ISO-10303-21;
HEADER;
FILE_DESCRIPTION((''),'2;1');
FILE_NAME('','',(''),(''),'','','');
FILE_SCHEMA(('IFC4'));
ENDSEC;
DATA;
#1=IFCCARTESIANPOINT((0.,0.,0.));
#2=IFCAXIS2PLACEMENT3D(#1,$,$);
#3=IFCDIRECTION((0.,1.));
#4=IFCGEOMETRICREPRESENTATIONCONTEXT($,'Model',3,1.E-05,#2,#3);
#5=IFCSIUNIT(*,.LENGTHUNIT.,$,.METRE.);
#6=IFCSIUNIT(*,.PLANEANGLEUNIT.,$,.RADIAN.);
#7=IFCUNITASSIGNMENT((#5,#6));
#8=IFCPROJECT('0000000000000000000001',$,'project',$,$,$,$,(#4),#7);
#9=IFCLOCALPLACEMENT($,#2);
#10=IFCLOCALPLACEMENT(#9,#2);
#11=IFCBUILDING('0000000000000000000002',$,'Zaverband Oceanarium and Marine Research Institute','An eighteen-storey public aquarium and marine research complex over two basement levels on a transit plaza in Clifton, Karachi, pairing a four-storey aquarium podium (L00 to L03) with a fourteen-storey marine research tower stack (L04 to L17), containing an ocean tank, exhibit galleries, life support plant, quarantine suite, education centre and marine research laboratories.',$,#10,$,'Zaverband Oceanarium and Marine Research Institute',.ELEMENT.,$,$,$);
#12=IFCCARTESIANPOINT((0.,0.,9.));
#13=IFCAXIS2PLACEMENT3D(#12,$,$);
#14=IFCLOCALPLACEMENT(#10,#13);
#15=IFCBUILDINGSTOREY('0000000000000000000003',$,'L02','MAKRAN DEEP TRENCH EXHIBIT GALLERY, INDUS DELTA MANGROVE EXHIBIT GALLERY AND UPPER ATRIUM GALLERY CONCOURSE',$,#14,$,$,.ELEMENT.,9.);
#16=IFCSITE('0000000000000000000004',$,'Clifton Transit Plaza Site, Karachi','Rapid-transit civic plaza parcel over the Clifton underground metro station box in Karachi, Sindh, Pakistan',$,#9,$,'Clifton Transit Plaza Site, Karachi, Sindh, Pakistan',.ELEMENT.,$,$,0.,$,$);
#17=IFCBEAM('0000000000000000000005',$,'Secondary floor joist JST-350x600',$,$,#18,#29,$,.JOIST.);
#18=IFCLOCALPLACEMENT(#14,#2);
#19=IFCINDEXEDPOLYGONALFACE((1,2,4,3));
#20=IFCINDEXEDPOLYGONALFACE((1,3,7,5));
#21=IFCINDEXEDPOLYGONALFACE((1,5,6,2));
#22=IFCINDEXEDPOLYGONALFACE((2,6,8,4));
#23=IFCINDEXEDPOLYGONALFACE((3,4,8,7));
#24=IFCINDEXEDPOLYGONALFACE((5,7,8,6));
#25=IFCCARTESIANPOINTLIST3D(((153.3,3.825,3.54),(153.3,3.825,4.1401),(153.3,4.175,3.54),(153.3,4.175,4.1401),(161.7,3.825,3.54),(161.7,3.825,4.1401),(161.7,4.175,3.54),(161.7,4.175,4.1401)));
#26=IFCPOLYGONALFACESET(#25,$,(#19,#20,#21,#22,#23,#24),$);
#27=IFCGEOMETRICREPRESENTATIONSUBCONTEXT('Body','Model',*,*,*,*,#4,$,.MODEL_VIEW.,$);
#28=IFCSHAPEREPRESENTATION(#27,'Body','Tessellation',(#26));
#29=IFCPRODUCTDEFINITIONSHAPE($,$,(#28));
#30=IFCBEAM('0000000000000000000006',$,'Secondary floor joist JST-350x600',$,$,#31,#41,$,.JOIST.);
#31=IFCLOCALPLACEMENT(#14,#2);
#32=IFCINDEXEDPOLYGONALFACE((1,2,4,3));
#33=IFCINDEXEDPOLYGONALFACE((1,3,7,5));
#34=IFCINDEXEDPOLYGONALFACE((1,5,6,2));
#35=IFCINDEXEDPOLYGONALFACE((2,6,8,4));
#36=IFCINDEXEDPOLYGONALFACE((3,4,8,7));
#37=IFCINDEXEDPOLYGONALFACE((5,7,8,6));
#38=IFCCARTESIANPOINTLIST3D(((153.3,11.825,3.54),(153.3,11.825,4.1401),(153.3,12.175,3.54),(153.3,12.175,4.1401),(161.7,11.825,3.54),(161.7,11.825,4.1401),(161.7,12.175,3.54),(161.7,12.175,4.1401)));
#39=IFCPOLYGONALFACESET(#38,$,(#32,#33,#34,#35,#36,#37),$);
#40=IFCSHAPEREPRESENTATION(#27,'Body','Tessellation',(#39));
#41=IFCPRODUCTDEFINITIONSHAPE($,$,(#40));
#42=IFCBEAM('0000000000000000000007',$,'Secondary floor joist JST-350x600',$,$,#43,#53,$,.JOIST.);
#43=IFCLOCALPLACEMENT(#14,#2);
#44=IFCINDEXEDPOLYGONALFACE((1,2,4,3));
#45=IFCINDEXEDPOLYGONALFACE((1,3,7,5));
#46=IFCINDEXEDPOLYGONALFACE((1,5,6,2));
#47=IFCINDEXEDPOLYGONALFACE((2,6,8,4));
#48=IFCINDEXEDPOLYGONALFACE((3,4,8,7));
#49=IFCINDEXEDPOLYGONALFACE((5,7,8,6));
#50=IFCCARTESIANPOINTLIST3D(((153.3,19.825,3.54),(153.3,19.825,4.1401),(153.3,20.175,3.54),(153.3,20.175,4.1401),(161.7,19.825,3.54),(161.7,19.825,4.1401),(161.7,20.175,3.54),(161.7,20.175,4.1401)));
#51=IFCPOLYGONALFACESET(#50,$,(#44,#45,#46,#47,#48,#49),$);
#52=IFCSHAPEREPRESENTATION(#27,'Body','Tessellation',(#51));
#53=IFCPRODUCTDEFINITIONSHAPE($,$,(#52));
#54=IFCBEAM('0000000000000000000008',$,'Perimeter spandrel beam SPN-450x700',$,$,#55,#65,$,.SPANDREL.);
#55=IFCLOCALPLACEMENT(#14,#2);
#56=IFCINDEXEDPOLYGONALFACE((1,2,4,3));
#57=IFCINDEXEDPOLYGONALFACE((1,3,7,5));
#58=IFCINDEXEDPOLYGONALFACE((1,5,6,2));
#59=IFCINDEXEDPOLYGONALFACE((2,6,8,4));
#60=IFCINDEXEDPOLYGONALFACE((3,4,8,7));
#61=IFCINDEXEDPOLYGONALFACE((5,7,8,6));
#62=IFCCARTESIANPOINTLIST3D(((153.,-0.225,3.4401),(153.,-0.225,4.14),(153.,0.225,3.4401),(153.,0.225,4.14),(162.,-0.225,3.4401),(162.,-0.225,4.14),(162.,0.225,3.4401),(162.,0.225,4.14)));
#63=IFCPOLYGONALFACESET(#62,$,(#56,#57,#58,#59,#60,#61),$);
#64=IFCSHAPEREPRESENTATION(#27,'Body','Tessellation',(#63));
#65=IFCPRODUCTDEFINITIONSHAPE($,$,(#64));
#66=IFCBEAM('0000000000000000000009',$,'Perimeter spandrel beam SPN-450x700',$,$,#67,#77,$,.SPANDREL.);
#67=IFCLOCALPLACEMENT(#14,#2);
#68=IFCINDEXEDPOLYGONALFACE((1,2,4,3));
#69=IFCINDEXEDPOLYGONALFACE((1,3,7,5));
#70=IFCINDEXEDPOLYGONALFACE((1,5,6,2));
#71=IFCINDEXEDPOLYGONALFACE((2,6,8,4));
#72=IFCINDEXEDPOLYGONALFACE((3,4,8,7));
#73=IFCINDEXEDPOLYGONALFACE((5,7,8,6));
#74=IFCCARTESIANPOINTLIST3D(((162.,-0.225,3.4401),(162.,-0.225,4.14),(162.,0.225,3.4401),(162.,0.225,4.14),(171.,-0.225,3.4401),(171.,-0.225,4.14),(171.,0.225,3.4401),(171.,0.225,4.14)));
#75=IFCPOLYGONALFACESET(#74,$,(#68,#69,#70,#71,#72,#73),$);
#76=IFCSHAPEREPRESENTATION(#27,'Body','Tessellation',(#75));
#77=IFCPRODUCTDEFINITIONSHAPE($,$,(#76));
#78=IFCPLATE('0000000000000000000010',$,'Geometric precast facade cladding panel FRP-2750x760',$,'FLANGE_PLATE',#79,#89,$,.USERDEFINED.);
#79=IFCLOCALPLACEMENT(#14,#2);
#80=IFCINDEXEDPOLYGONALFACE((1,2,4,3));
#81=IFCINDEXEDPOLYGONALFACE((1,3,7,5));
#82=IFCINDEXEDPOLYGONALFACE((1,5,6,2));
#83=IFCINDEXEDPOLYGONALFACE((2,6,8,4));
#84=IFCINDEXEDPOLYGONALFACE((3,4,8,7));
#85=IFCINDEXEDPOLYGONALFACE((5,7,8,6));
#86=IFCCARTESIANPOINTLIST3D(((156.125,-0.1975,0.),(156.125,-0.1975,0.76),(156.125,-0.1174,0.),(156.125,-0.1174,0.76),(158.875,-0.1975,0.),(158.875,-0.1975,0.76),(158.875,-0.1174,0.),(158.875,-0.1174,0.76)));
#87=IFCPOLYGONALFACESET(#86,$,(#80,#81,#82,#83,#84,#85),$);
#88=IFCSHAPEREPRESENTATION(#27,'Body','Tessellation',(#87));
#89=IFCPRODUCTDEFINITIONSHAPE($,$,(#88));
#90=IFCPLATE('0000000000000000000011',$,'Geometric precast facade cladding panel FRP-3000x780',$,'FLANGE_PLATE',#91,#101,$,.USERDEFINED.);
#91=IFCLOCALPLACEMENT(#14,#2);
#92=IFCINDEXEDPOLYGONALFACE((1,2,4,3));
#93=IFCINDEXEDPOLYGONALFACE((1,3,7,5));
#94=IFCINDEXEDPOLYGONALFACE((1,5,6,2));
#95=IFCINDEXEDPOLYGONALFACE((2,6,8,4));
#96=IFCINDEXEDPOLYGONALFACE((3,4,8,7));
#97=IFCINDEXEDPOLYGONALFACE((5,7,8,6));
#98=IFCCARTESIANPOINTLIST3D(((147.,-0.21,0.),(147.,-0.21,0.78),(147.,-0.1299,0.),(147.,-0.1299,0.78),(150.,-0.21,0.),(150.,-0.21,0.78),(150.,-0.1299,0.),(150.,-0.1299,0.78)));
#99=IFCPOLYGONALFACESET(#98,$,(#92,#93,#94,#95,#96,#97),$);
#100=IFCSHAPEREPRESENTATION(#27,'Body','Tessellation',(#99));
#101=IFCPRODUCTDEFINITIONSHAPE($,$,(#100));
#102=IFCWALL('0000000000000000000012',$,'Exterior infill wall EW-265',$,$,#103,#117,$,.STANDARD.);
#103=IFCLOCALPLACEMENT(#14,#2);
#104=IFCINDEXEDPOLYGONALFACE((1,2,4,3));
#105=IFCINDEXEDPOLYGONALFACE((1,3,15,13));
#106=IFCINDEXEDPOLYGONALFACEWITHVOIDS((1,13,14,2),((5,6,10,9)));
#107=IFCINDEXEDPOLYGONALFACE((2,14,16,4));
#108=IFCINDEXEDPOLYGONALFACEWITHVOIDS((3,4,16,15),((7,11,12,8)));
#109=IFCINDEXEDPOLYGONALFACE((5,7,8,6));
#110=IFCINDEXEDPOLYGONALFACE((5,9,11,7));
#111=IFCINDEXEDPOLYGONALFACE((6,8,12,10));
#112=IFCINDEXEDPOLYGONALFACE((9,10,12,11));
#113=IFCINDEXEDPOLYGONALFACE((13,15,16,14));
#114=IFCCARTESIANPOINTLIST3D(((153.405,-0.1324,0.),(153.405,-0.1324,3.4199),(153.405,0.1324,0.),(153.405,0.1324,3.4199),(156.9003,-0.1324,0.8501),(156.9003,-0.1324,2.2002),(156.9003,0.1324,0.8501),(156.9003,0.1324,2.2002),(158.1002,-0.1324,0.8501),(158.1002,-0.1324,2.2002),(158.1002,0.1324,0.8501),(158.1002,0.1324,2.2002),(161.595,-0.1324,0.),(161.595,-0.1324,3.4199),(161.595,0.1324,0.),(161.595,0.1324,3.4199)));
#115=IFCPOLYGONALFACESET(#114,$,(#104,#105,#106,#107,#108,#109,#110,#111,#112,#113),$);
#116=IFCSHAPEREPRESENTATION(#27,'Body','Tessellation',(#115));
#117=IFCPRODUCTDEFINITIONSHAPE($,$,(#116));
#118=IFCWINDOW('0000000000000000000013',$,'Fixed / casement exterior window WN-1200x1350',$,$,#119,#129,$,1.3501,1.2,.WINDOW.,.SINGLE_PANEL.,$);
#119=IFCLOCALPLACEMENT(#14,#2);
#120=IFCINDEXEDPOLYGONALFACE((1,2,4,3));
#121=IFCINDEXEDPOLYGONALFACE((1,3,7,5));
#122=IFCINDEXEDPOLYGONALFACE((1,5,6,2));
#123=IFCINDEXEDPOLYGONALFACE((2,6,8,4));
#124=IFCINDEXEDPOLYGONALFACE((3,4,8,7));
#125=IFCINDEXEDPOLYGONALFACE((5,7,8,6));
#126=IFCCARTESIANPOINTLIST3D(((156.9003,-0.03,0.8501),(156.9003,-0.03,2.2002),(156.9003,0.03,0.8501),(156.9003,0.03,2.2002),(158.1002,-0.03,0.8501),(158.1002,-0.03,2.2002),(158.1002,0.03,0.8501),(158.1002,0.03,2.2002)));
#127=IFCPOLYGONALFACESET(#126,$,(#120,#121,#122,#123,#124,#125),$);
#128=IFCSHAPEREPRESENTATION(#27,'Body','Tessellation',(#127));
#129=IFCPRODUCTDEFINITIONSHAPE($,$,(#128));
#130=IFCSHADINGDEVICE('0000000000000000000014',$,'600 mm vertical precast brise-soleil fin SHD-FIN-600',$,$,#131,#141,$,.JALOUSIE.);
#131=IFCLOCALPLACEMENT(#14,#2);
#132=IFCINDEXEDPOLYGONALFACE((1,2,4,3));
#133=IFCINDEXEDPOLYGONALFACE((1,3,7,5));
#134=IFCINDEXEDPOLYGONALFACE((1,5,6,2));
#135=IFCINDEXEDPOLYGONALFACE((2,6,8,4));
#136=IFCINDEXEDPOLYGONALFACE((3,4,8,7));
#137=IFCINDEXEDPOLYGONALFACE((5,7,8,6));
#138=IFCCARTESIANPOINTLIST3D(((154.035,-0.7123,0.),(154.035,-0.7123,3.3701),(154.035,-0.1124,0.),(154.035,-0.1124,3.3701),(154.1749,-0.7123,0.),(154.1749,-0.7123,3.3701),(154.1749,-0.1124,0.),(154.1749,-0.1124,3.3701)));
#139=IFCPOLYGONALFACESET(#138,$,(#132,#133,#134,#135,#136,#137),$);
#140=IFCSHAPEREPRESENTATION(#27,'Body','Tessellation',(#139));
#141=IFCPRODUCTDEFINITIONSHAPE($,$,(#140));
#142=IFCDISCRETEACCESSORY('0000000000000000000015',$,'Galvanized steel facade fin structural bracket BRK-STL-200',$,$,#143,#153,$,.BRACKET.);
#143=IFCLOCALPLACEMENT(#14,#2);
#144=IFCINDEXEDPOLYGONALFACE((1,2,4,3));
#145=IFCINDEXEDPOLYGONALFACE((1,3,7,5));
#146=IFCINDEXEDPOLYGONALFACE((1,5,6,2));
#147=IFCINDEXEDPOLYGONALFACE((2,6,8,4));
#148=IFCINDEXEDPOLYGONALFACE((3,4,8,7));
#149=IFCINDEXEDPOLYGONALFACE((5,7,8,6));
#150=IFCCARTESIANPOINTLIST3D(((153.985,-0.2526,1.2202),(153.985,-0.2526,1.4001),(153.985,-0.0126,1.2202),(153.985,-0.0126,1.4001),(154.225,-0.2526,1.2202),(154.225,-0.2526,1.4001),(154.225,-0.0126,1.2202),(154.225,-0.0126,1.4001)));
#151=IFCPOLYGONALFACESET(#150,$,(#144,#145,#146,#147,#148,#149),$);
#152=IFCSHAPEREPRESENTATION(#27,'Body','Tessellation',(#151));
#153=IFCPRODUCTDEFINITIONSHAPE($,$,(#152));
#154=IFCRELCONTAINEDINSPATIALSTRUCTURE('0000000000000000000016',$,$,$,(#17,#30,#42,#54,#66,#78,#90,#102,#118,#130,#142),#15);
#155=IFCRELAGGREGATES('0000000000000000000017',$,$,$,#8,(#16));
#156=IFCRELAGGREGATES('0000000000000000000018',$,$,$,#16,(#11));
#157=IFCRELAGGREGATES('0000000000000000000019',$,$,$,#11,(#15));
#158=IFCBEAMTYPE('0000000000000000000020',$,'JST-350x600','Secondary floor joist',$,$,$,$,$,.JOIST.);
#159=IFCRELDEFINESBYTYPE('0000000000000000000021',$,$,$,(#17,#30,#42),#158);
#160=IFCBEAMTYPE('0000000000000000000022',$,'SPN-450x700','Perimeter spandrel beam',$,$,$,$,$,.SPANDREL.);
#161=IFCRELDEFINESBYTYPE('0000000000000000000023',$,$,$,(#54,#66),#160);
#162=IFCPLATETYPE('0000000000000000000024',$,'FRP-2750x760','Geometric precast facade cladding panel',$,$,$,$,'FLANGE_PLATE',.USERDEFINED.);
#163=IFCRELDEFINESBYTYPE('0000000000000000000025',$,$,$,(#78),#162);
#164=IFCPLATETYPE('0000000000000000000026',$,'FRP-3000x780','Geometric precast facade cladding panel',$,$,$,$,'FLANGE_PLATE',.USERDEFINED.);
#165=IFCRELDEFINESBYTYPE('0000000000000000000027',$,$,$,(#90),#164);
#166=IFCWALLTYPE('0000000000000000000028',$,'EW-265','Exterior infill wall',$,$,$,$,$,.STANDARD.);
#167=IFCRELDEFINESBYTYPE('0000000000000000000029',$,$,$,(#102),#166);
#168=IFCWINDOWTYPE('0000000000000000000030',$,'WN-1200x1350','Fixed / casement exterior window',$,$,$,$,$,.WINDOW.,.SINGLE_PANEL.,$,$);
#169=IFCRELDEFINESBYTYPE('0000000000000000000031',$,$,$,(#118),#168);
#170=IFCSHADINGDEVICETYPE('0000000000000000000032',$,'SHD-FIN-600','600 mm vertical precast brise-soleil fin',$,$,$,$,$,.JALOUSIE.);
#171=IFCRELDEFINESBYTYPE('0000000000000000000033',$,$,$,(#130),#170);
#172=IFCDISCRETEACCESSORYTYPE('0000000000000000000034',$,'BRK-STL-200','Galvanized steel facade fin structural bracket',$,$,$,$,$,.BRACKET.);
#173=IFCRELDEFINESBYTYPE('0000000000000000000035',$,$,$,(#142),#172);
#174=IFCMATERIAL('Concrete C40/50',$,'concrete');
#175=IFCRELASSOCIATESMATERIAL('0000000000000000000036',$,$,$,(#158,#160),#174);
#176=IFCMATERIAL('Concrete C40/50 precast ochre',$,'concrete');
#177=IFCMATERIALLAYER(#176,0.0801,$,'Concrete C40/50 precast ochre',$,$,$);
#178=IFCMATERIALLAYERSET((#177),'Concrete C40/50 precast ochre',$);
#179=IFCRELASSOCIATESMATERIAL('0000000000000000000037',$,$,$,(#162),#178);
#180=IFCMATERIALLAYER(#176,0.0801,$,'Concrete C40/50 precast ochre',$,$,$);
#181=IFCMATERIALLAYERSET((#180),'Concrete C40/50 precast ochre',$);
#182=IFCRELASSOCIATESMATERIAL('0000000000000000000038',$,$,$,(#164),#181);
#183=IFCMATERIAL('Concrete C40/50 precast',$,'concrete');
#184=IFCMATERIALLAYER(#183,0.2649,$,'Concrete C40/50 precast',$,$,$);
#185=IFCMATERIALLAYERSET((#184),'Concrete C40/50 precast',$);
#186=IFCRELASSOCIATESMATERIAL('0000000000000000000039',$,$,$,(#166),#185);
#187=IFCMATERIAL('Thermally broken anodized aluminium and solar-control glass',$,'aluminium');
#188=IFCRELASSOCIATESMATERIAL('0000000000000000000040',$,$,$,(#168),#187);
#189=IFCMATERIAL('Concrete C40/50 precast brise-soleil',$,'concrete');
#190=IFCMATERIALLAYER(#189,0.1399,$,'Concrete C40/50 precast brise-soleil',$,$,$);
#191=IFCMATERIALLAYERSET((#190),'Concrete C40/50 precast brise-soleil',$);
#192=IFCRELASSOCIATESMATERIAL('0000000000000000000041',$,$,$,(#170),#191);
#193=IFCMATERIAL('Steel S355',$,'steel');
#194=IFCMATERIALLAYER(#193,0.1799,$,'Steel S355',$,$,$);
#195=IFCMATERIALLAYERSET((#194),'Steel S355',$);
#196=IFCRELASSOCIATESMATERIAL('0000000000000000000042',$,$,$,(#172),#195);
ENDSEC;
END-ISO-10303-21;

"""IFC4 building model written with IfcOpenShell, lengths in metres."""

from ifc_helpers import new_model, si_unit, direction, frame, frame_2d, origin, origin_2d, place, context, subcontext, project, spatial, rectangle, extrude, material, layer, layer_set, material_profile, profile_set, type_object, element, fill, save


model = new_model("IFC4")

# Units and contexts
model_context = context("Model", 3, precision=1e-05, world=origin(), true_north=direction((0.0, 1.0)))
body_context = subcontext(model_context, "Body", "Model", "MODEL_VIEW")
ifc_project = project(units=[si_unit("LENGTHUNIT", "METRE"), si_unit("PLANEANGLEUNIT", "RADIAN")], contexts=[model_context])

# Site, building, storey
site_placement = place(None, origin())
site = spatial("IfcSite", under=ifc_project, at=site_placement, Name="Clifton Transit Plaza Site, Karachi", Description="Rapid-transit civic plaza parcel over the Clifton underground metro station box in Karachi, Sindh, Pakistan", LongName="Clifton Transit Plaza Site, Karachi, Sindh, Pakistan", CompositionType="ELEMENT", RefElevation=0.0)
building_placement = place(site_placement, origin())
building = spatial("IfcBuilding", under=site, at=building_placement, Name="Zaverband Oceanarium and Marine Research Institute", Description="An eighteen-storey public aquarium and marine research complex over two basement levels on a transit plaza in Clifton, Karachi, pairing a four-storey aquarium podium (L00 to L03) with a fourteen-storey marine research tower stack (L04 to L17), containing an ocean tank, exhibit galleries, life support plant, quarantine suite, education centre and marine research laboratories.", LongName="Zaverband Oceanarium and Marine Research Institute", CompositionType="ELEMENT")
storey_placement = place(building_placement, frame((0.0, 0.0, 9.0)))
storey = spatial("IfcBuildingStorey", under=building, at=storey_placement, Name="L02", Description="MAKRAN DEEP TRENCH EXHIBIT GALLERY, INDUS DELTA MANGROVE EXHIBIT GALLERY AND UPPER ATRIUM GALLERY CONCOURSE", CompositionType="ELEMENT", Elevation=9.0)

# Beams
ifc_material_1 = material(Name="Concrete C40/50", Category="concrete")
ifc_material_profile_1 = material_profile(ifc_material_1, rectangle(XDim=0.3501, YDim=0.6001, at=origin_2d()), Name="RC350x600")
ifc_profile_set_1 = profile_set([ifc_material_profile_1], Name="Concrete C40/50")
beam_type_1 = type_object("IfcBeamType", Name="JST-350x600", Description="Secondary floor joist", PredefinedType="JOIST", material=ifc_profile_set_1)
for number, where, z_axis, x_axis, name in (
    (1, (153.3, 4.0, 3.8401), (1.0, 0.0, 0.0), (0.0, 1.0, 0.0), "Secondary floor joist JST-350x600"),
    (2, (153.3, 12.0, 3.8401), (1.0, 0.0, 0.0), (0.0, 1.0, 0.0), "Secondary floor joist JST-350x600"),
    (3, (153.3, 20.0, 3.8401), (1.0, 0.0, 0.0), (0.0, 1.0, 0.0), "Secondary floor joist JST-350x600"),
):
    element("IfcBeam", number, at=place(storey_placement, frame(where, z_axis=z_axis, x_axis=x_axis)), inside=storey, type_object=beam_type_1, Name=name, PredefinedType="JOIST", context=body_context, shape_type="SweptSolid", body=[
        extrude(rectangle(XDim=0.3501, YDim=0.6001, at=origin_2d()), origin(), (0.0, 0.0, 1.0), 8.3999),
    ])
ifc_material_profile_2 = material_profile(ifc_material_1, rectangle(XDim=0.45, YDim=0.7, at=origin_2d()), Name="RC450x700")
ifc_profile_set_2 = profile_set([ifc_material_profile_2], Name="Concrete C40/50")
beam_type_2 = type_object("IfcBeamType", Name="SPN-450x700", Description="Perimeter spandrel beam", PredefinedType="SPANDREL", material=ifc_profile_set_2)
for number, where, z_axis, x_axis, name in (
    (4, (153.0, 0.0, 3.79), (1.0, 0.0, 0.0), (0.0, 1.0, 0.0), "Perimeter spandrel beam SPN-450x700"),
    (5, (162.0, 0.0, 3.79), (1.0, 0.0, 0.0), (0.0, 1.0, 0.0), "Perimeter spandrel beam SPN-450x700"),
):
    element("IfcBeam", number, at=place(storey_placement, frame(where, z_axis=z_axis, x_axis=x_axis)), inside=storey, type_object=beam_type_2, Name=name, PredefinedType="SPANDREL", context=body_context, shape_type="SweptSolid", body=[
        extrude(rectangle(XDim=0.45, YDim=0.7, at=origin_2d()), origin(), (0.0, 0.0, 1.0), 9.0),
    ])

# Plates
ifc_material_2 = material(Name="Concrete C40/50 precast ochre", Category="concrete")
ifc_layer_1 = layer(ifc_material_2, 0.0801, Name="Concrete C40/50 precast ochre")
ifc_layer_set_1 = layer_set([ifc_layer_1], Name="Concrete C40/50 precast ochre")
plate_type_1 = type_object("IfcPlateType", Name="FRP-2750x760", Description="Geometric precast facade cladding panel", ElementType="FLANGE_PLATE", PredefinedType="USERDEFINED", material=ifc_layer_set_1)
plate_1_placement = place(storey_placement, frame((156.125, -0.1575, 0.0), z_axis=(0.0, 0.0, 1.0), x_axis=(1.0, 0.0, 0.0)))
element("IfcPlate", 6, at=plate_1_placement, inside=storey, type_object=plate_type_1, Name="Geometric precast facade cladding panel FRP-2750x760", ObjectType="FLANGE_PLATE", PredefinedType="USERDEFINED", context=body_context, shape_type="SweptSolid", body=[
    extrude(rectangle(XDim=2.75, YDim=0.0801, at=frame_2d((1.375, 0.0))), origin(), (0.0, 0.0, 1.0), 0.76),
])
ifc_layer_2 = layer(ifc_material_2, 0.0801, Name="Concrete C40/50 precast ochre")
ifc_layer_set_2 = layer_set([ifc_layer_2], Name="Concrete C40/50 precast ochre")
plate_type_2 = type_object("IfcPlateType", Name="FRP-3000x780", Description="Geometric precast facade cladding panel", ElementType="FLANGE_PLATE", PredefinedType="USERDEFINED", material=ifc_layer_set_2)
plate_2_placement = place(storey_placement, frame((147.0, -0.1699, 0.0), z_axis=(0.0, 0.0, 1.0), x_axis=(1.0, 0.0, 0.0)))
element("IfcPlate", 7, at=plate_2_placement, inside=storey, type_object=plate_type_2, Name="Geometric precast facade cladding panel FRP-3000x780", ObjectType="FLANGE_PLATE", PredefinedType="USERDEFINED", context=body_context, shape_type="SweptSolid", body=[
    extrude(rectangle(XDim=3.0, YDim=0.0801, at=frame_2d((1.5, 0.0))), origin(), (0.0, 0.0, 1.0), 0.78),
])

# Wall, opening, window
ifc_material_3 = material(Name="Concrete C40/50 precast", Category="concrete")
ifc_layer_3 = layer(ifc_material_3, 0.2649, Name="Concrete C40/50 precast")
ifc_layer_set_3 = layer_set([ifc_layer_3], Name="Concrete C40/50 precast")
wall_type = type_object("IfcWallType", Name="EW-265", Description="Exterior infill wall", PredefinedType="STANDARD", material=ifc_layer_set_3)
wall_placement = place(storey_placement, frame((153.405, 0.0, 0.0), z_axis=(0.0, 0.0, 1.0), x_axis=(1.0, 0.0, 0.0)))
wall = element("IfcWall", 8, at=wall_placement, inside=storey, type_object=wall_type, Name="Exterior infill wall EW-265", PredefinedType="STANDARD", context=body_context, shape_type="SweptSolid", body=[
    extrude(rectangle(XDim=8.1899, YDim=0.2649, at=frame_2d((4.095, 0.0))), origin(), (0.0, 0.0, 1.0), 3.4199),
])
opening_placement = place(wall_placement, frame((3.4951, 0.0, 0.8501)))
opening = element("IfcOpeningElement", 9, at=opening_placement, cuts=wall, PredefinedType="OPENING", context=body_context, shape_type="SweptSolid", body=[
    extrude(rectangle(XDim=1.2, YDim=1.3501, at=frame_2d((0.6001, 0.675))), frame((0.0, 0.1445, 0.0), z_axis=(0.0, -1.0, 0.0), x_axis=(1.0, 0.0, 0.0)), (0.0, 0.0, 1.0), 0.2888),
])
ifc_material_4 = material(Name="Thermally broken anodized aluminium and solar-control glass", Category="aluminium")
window_type = type_object("IfcWindowType", Name="WN-1200x1350", Description="Fixed / casement exterior window", PartitioningType="SINGLE_PANEL", PredefinedType="WINDOW", material=ifc_material_4)
window_placement = place(opening_placement, origin())
window = element("IfcWindow", 10, at=window_placement, inside=storey, type_object=window_type, Name="Fixed / casement exterior window WN-1200x1350", OverallHeight=1.3501, OverallWidth=1.2, PartitioningType="SINGLE_PANEL", PredefinedType="WINDOW", context=body_context, shape_type="SweptSolid", body=[
    extrude(rectangle(XDim=1.2, YDim=1.3501, at=frame_2d((0.6001, 0.675))), frame((0.0, 0.03, 0.0), z_axis=(0.0, -1.0, 0.0), x_axis=(1.0, 0.0, 0.0)), (0.0, 0.0, 1.0), 0.0601),
])
fill(opening, window)

# Shading device
ifc_material_5 = material(Name="Concrete C40/50 precast brise-soleil", Category="concrete")
ifc_layer_4 = layer(ifc_material_5, 0.1399, Name="Concrete C40/50 precast brise-soleil")
ifc_layer_set_4 = layer_set([ifc_layer_4], Name="Concrete C40/50 precast brise-soleil")
shading_device_type = type_object("IfcShadingDeviceType", Name="SHD-FIN-600", Description="600 mm vertical precast brise-soleil fin", PredefinedType="JALOUSIE", material=ifc_layer_set_4)
shading_device_placement = place(storey_placement, frame((154.105, -0.1125, 0.0), z_axis=(0.0, 0.0, 1.0), x_axis=(0.0, -1.0, 0.0)))
element("IfcShadingDevice", 11, at=shading_device_placement, inside=storey, type_object=shading_device_type, Name="600 mm vertical precast brise-soleil fin SHD-FIN-600", PredefinedType="JALOUSIE", context=body_context, shape_type="SweptSolid", body=[
    extrude(rectangle(XDim=0.5999, YDim=0.1399, at=frame_2d((0.2998, 0.0))), origin(), (0.0, 0.0, 1.0), 3.3701),
])

# Discrete accessory
ifc_material_6 = material(Name="Steel S355", Category="steel")
ifc_layer_5 = layer(ifc_material_6, 0.1799, Name="Steel S355")
ifc_layer_set_5 = layer_set([ifc_layer_5], Name="Steel S355")
discrete_accessory_type = type_object("IfcDiscreteAccessoryType", Name="BRK-STL-200", Description="Galvanized steel facade fin structural bracket", PredefinedType="BRACKET", material=ifc_layer_set_5)
discrete_accessory_placement = place(storey_placement, frame((154.105, -0.1326, 1.2202), z_axis=(0.0, 0.0, 1.0), x_axis=(1.0, 0.0, 0.0)))
element("IfcDiscreteAccessory", 12, at=discrete_accessory_placement, inside=storey, type_object=discrete_accessory_type, Name="Galvanized steel facade fin structural bracket BRK-STL-200", PredefinedType="BRACKET", context=body_context, shape_type="SweptSolid", body=[
    extrude(rectangle(XDim=0.24, YDim=0.24, at=origin_2d()), origin(), (0.0, 0.0, 1.0), 0.1799),
])

save(model, "model.ifc")
